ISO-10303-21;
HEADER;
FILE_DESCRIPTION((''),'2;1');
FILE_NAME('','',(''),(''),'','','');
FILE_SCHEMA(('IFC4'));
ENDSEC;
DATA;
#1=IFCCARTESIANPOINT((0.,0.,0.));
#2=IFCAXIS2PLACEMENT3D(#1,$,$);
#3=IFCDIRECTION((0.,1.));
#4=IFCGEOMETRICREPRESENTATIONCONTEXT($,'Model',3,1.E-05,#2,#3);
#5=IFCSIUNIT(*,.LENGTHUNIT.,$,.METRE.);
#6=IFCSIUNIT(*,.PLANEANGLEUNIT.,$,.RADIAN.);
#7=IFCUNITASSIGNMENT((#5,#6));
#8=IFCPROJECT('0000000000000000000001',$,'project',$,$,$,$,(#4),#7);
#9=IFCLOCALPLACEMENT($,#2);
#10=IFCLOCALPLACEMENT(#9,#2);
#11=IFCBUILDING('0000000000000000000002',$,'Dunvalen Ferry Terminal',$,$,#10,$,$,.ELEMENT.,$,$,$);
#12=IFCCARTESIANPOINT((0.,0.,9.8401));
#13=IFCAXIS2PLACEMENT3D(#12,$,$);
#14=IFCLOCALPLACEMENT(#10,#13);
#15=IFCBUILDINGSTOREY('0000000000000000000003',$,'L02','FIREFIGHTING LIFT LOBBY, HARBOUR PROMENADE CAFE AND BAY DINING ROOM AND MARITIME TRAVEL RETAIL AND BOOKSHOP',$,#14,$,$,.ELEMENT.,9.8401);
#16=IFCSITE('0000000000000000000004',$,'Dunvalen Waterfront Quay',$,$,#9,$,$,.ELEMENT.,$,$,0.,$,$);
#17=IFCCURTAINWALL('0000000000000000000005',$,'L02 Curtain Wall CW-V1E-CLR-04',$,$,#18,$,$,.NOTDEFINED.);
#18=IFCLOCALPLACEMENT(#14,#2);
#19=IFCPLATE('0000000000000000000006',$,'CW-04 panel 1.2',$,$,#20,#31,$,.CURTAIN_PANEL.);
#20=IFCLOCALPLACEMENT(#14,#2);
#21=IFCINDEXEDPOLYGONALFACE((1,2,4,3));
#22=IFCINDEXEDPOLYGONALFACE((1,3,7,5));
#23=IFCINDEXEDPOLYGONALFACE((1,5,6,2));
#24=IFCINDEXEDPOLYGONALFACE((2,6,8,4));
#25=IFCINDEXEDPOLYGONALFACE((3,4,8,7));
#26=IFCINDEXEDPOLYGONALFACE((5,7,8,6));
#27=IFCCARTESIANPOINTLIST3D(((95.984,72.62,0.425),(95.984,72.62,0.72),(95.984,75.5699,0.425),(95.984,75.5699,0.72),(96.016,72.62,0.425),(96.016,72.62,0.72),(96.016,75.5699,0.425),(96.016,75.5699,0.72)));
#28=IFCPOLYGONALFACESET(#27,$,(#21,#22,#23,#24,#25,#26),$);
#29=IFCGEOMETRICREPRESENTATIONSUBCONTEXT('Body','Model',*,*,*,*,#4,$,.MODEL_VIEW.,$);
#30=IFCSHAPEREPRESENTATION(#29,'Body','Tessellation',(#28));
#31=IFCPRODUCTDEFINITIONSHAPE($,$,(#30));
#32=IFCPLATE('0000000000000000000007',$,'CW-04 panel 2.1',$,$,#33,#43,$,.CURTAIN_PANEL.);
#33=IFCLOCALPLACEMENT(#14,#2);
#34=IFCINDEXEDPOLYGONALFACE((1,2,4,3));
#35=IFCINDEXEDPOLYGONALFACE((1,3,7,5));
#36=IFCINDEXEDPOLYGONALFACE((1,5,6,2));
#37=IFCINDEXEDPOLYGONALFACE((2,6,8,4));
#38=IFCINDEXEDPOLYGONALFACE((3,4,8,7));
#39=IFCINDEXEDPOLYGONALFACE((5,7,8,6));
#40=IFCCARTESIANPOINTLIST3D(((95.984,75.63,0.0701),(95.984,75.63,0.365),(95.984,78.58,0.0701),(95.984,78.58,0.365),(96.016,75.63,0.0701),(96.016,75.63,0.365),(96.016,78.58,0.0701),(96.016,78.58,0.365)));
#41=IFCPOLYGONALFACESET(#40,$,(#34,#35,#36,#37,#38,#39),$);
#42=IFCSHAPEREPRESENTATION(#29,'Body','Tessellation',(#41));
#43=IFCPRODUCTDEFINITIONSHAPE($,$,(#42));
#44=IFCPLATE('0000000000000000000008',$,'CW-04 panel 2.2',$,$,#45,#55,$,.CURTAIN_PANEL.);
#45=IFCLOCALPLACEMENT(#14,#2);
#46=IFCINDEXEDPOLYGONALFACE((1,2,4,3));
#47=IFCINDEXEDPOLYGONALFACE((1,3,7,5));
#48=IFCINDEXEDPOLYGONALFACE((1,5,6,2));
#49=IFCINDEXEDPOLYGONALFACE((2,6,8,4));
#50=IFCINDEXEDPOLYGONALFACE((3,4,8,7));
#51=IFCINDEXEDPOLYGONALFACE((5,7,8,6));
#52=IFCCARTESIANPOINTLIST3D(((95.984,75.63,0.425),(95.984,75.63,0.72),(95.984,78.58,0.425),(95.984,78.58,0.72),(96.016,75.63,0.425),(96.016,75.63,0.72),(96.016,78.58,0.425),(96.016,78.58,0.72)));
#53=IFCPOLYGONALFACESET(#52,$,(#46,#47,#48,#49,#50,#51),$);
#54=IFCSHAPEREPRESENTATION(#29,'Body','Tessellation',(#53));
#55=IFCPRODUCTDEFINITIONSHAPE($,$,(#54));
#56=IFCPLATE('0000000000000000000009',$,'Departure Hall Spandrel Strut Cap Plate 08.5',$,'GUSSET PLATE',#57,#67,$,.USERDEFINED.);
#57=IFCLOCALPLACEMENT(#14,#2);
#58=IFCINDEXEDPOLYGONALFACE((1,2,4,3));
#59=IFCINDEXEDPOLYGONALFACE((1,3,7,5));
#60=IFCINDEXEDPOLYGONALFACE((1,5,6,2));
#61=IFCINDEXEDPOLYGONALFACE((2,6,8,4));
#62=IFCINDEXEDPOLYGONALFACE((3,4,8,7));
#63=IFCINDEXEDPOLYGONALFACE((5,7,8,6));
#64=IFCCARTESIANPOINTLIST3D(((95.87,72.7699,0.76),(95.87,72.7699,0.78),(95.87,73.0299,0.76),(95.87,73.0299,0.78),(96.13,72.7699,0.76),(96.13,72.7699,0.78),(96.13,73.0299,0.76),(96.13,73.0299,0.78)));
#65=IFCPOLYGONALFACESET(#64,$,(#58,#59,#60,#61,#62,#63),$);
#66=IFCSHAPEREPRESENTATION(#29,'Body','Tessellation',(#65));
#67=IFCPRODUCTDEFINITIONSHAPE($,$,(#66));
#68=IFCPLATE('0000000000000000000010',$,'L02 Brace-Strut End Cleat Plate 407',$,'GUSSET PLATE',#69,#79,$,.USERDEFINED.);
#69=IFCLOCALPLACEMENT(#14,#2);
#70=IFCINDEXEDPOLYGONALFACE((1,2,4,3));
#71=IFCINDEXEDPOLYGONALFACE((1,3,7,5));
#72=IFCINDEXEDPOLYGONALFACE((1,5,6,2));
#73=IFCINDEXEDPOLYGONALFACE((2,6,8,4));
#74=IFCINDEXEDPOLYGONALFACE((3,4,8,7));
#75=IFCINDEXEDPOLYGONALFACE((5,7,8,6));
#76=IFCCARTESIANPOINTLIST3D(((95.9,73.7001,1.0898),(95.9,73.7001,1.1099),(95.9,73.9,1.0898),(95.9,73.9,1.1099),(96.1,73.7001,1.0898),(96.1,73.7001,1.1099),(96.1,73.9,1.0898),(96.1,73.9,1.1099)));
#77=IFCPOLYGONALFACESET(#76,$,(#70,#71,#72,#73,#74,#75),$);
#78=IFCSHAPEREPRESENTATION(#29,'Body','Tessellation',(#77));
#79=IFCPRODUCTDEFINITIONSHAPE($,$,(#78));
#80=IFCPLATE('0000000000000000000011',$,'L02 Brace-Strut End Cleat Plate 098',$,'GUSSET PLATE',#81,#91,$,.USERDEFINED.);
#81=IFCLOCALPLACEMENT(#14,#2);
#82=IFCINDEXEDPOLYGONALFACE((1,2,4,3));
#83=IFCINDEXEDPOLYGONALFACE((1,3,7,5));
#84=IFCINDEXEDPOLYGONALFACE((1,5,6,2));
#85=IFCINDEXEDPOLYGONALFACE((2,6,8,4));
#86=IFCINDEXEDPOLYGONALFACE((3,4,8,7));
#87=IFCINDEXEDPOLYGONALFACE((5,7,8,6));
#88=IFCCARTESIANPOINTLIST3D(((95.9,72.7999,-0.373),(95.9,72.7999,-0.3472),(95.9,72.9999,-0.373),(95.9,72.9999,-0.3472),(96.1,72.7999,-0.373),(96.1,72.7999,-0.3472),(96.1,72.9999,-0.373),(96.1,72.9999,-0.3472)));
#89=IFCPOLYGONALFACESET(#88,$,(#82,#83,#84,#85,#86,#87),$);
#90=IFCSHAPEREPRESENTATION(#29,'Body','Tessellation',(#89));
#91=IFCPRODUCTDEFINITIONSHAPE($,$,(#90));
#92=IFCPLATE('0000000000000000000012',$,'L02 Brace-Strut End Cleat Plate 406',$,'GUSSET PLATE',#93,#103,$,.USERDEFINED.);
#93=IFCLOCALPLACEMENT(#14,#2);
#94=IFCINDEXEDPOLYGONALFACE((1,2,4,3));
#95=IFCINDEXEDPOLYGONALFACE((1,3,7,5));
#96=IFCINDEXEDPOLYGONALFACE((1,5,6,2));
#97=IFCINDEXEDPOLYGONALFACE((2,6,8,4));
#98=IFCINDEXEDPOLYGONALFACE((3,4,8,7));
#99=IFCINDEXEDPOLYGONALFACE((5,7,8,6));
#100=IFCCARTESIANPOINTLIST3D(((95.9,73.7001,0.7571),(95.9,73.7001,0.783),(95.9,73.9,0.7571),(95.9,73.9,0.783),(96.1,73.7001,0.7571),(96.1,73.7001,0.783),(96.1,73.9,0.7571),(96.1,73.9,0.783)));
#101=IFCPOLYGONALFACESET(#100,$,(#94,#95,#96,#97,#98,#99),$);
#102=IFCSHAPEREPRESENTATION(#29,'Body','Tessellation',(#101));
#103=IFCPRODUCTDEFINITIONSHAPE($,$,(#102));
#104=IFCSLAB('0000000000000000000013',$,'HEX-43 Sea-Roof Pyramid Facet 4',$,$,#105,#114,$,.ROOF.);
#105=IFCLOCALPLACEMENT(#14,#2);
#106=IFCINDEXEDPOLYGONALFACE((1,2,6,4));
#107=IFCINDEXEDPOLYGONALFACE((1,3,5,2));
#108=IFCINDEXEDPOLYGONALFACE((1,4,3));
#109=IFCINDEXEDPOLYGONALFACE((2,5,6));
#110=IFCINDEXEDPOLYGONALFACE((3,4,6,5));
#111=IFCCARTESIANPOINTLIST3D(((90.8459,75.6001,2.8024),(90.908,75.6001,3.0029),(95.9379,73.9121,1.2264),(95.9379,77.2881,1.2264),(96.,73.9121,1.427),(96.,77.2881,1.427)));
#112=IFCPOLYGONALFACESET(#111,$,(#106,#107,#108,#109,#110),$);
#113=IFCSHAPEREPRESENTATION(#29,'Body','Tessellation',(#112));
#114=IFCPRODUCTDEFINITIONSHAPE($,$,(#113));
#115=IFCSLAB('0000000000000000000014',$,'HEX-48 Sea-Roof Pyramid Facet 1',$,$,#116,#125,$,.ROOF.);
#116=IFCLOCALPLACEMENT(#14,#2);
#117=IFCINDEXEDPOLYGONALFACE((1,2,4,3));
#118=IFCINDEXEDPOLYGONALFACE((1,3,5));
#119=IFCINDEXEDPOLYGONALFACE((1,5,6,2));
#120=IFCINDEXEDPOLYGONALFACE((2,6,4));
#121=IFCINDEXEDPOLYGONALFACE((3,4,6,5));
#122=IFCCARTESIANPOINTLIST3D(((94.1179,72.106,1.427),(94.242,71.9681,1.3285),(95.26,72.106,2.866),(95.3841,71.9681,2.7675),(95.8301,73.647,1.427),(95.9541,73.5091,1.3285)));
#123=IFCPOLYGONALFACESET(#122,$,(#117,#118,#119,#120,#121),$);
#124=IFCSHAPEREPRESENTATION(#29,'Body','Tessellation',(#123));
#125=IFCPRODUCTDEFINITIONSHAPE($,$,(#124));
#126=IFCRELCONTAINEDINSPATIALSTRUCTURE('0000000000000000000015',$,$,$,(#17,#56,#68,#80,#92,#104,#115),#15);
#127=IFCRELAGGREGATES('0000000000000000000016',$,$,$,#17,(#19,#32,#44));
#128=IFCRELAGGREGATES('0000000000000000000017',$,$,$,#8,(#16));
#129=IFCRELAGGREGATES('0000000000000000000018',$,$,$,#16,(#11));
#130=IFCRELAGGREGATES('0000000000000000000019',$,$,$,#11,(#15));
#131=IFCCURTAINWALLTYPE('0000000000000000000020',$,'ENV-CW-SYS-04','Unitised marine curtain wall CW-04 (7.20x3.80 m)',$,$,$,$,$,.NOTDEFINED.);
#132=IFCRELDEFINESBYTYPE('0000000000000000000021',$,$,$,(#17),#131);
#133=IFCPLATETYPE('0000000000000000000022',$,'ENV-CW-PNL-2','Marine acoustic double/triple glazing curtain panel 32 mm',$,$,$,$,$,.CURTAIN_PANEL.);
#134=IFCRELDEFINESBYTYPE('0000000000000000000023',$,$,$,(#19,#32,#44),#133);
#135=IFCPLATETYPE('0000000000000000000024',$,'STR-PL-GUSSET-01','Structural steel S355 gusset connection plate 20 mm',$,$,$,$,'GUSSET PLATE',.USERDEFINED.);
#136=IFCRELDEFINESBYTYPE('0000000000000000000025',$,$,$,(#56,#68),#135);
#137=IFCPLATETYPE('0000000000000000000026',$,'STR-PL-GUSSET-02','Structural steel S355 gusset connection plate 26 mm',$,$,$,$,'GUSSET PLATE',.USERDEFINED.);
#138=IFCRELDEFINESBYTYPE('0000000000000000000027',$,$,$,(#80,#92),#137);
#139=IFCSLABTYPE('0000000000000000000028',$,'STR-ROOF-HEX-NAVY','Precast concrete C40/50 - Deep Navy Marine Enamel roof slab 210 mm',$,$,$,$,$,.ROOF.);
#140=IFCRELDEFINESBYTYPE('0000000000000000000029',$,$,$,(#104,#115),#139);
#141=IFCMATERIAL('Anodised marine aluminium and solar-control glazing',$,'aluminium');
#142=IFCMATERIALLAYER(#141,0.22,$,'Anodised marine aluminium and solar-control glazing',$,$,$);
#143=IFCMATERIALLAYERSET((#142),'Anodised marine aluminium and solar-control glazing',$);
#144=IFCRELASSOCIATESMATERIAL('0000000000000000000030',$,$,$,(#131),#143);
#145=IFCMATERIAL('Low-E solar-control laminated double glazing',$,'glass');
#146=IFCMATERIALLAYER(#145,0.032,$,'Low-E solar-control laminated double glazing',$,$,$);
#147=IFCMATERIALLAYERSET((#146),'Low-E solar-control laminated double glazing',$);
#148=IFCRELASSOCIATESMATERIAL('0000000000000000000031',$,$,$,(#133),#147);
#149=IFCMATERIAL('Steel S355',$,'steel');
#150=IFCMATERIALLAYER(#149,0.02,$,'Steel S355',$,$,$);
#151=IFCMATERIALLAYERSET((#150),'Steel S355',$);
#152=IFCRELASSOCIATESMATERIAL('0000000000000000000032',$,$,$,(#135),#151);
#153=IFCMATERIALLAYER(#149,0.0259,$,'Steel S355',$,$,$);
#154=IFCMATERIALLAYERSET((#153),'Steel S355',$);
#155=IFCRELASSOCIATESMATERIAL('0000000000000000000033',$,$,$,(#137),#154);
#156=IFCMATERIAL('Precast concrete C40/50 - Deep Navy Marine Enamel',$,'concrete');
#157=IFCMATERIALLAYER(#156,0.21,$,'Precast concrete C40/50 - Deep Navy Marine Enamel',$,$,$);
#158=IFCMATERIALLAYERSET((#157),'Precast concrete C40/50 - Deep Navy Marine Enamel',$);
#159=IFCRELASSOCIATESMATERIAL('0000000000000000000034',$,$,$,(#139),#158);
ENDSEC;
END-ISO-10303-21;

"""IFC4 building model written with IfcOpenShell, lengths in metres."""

from ifc_helpers import new_model, si_unit, direction, frame, origin, origin_2d, place, context, subcontext, project, spatial, polyline, rectangle, outline, extrude, material, layer, layer_set, type_object, element, aggregate, save


model = new_model("IFC4")

# Units and contexts
model_context = context("Model", 3, precision=1e-05, world=origin(), true_north=direction((0.0, 1.0)))
body_context = subcontext(model_context, "Body", "Model", "MODEL_VIEW")
ifc_project = project(units=[si_unit("LENGTHUNIT", "METRE"), si_unit("PLANEANGLEUNIT", "RADIAN")], contexts=[model_context])

# Site, building, storey
site_placement = place(None, origin())
site = spatial("IfcSite", under=ifc_project, at=site_placement, Name="Dunvalen Waterfront Quay", CompositionType="ELEMENT", RefElevation=0.0)
building_placement = place(site_placement, origin())
building = spatial("IfcBuilding", under=site, at=building_placement, Name="Dunvalen Ferry Terminal", CompositionType="ELEMENT")
storey_placement = place(building_placement, frame((0.0, 0.0, 9.8401)))
storey = spatial("IfcBuildingStorey", under=building, at=storey_placement, Name="L02", Description="FIREFIGHTING LIFT LOBBY, HARBOUR PROMENADE CAFE AND BAY DINING ROOM AND MARITIME TRAVEL RETAIL AND BOOKSHOP", CompositionType="ELEMENT", Elevation=9.8401)

# Curtain wall
ifc_material_1 = material(Name="Anodised marine aluminium and solar-control glazing", Category="aluminium")
ifc_layer_1 = layer(ifc_material_1, 0.22, Name="Anodised marine aluminium and solar-control glazing")
ifc_layer_set_1 = layer_set([ifc_layer_1], Name="Anodised marine aluminium and solar-control glazing")
curtain_wall_type = type_object("IfcCurtainWallType", Name="ENV-CW-SYS-04", Description="Unitised marine curtain wall CW-04 (7.20x3.80 m)", PredefinedType="NOTDEFINED", material=ifc_layer_set_1)
curtain_wall_placement = place(storey_placement, origin())
curtain_wall = element("IfcCurtainWall", 1, at=curtain_wall_placement, inside=storey, type_object=curtain_wall_type, Name="L02 Curtain Wall CW-V1E-CLR-04", PredefinedType="NOTDEFINED")

# Shared definitions
ifc_material_2 = material(Name="Steel S355", Category="steel")

# Plates
ifc_material_3 = material(Name="Low-E solar-control laminated double glazing", Category="glass")
ifc_layer_2 = layer(ifc_material_3, 0.032, Name="Low-E solar-control laminated double glazing")
ifc_layer_set_2 = layer_set([ifc_layer_2], Name="Low-E solar-control laminated double glazing")
plate_type_1 = type_object("IfcPlateType", Name="ENV-CW-PNL-2", Description="Marine acoustic double/triple glazing curtain panel 32 mm", PredefinedType="CURTAIN_PANEL", material=ifc_layer_set_2)
plate_1_placement = place(storey_placement, frame((96.0, 74.095, 0.425), z_axis=(0.0, 0.0, 1.0), x_axis=(0.0, 1.0, 0.0)))
plate_1 = element("IfcPlate", 2, at=plate_1_placement, type_object=plate_type_1, Name="CW-04 panel 1.2", PredefinedType="CURTAIN_PANEL", context=body_context, shape_type="SweptSolid", body=[
    extrude(rectangle(XDim=2.95, YDim=0.032, at=origin_2d()), origin(), (0.0, 0.0, 1.0), 0.2949),
])
plate_2_placement = place(storey_placement, frame((96.0, 77.105, 0.0701), z_axis=(0.0, 0.0, 1.0), x_axis=(0.0, 1.0, 0.0)))
plate_2 = element("IfcPlate", 3, at=plate_2_placement, type_object=plate_type_1, Name="CW-04 panel 2.1", PredefinedType="CURTAIN_PANEL", context=body_context, shape_type="SweptSolid", body=[
    extrude(rectangle(XDim=2.95, YDim=0.032, at=origin_2d()), origin(), (0.0, 0.0, 1.0), 0.2949),
])
plate_3_placement = place(storey_placement, frame((96.0, 77.105, 0.425), z_axis=(0.0, 0.0, 1.0), x_axis=(0.0, 1.0, 0.0)))
plate_3 = element("IfcPlate", 4, at=plate_3_placement, type_object=plate_type_1, Name="CW-04 panel 2.2", PredefinedType="CURTAIN_PANEL", context=body_context, shape_type="SweptSolid", body=[
    extrude(rectangle(XDim=2.95, YDim=0.032, at=origin_2d()), origin(), (0.0, 0.0, 1.0), 0.2949),
])
aggregate(curtain_wall, [plate_1, plate_2, plate_3])

# Plates
ifc_layer_3 = layer(ifc_material_2, 0.02, Name="Steel S355")
ifc_layer_set_3 = layer_set([ifc_layer_3], Name="Steel S355")
plate_type_2 = type_object("IfcPlateType", Name="STR-PL-GUSSET-01", Description="Structural steel S355 gusset connection plate 20 mm", ElementType="GUSSET PLATE", PredefinedType="USERDEFINED", material=ifc_layer_set_3)
plate_4_placement = place(storey_placement, frame((96.0, 72.8999, 0.76), z_axis=(0.0, 0.0, 1.0), x_axis=(1.0, 0.0, 0.0)))
element("IfcPlate", 5, at=plate_4_placement, inside=storey, type_object=plate_type_2, Name="Departure Hall Spandrel Strut Cap Plate 08.5", ObjectType="GUSSET PLATE", PredefinedType="USERDEFINED", context=body_context, shape_type="SweptSolid", body=[
    extrude(rectangle(XDim=0.26, YDim=0.26, at=origin_2d()), origin(), (0.0, 0.0, 1.0), 0.02),
])
plate_5_placement = place(storey_placement, frame((96.0, 73.8, 1.0898), z_axis=(0.0, 0.0, 1.0), x_axis=(1.0, 0.0, 0.0)))
element("IfcPlate", 6, at=plate_5_placement, inside=storey, type_object=plate_type_2, Name="L02 Brace-Strut End Cleat Plate 407", ObjectType="GUSSET PLATE", PredefinedType="USERDEFINED", context=body_context, shape_type="SweptSolid", body=[
    extrude(rectangle(XDim=0.2, YDim=0.2, at=origin_2d()), origin(), (0.0, 0.0, 1.0), 0.02),
])
ifc_layer_4 = layer(ifc_material_2, 0.0259, Name="Steel S355")
ifc_layer_set_4 = layer_set([ifc_layer_4], Name="Steel S355")
plate_type_3 = type_object("IfcPlateType", Name="STR-PL-GUSSET-02", Description="Structural steel S355 gusset connection plate 26 mm", ElementType="GUSSET PLATE", PredefinedType="USERDEFINED", material=ifc_layer_set_4)
for number, where, z_axis, x_axis, name in (
    (7, (96.0, 72.8999, -0.373), (0.0, 0.0, 1.0), (1.0, 0.0, 0.0), "L02 Brace-Strut End Cleat Plate 098"),
    (8, (96.0, 73.8, 0.7571), (0.0, 0.0, 1.0), (1.0, 0.0, 0.0), "L02 Brace-Strut End Cleat Plate 406"),
):
    element("IfcPlate", number, at=place(storey_placement, frame(where, z_axis=z_axis, x_axis=x_axis)), inside=storey, type_object=plate_type_3, Name=name, ObjectType="GUSSET PLATE", PredefinedType="USERDEFINED", context=body_context, shape_type="SweptSolid", body=[
        extrude(rectangle(XDim=0.2, YDim=0.2, at=origin_2d()), origin(), (0.0, 0.0, 1.0), 0.0259),
    ])

# Slabs
ifc_material_4 = material(Name="Precast concrete C40/50 - Deep Navy Marine Enamel", Category="concrete")
ifc_layer_5 = layer(ifc_material_4, 0.21, Name="Precast concrete C40/50 - Deep Navy Marine Enamel")
ifc_layer_set_5 = layer_set([ifc_layer_5], Name="Precast concrete C40/50 - Deep Navy Marine Enamel")
slab_type = type_object("IfcSlabType", Name="STR-ROOF-HEX-NAVY", Description="Precast concrete C40/50 - Deep Navy Marine Enamel roof slab 210 mm", PredefinedType="ROOF", material=ifc_layer_set_5)
slab_1_placement = place(storey_placement, frame((96.0, 73.9121, 1.427), z_axis=(0.295653, 0.0, 0.955295), x_axis=(0.0, 1.0, 0.0)))
element("IfcSlab", 9, at=slab_1_placement, inside=storey, type_object=slab_type, Name="HEX-43 Sea-Roof Pyramid Facet 4", PredefinedType="ROOF", context=body_context, shape_type="SweptSolid", body=[
    extrude(outline(polyline([(0.0, 0.0), (3.376, 0.0), (1.688, 5.3303), (0.0, 0.0)])), origin(), (0.0, 0.0, -1.0), 0.21),
])
slab_2_placement = place(storey_placement, frame((95.8301, 73.647, 1.427), z_axis=(-0.590859, 0.656479, 0.468958), x_axis=(-0.743278, -0.668982, 0.0)))
element("IfcSlab", 10, at=slab_2_placement, inside=storey, type_object=slab_type, Name="HEX-48 Sea-Roof Pyramid Facet 1", PredefinedType="ROOF", context=body_context, shape_type="SweptSolid", body=[
    extrude(outline(polyline([(0.0, 0.0), (2.3035, 0.0), (1.4546, 1.6292), (0.0, 0.0)])), origin(), (0.0, 0.0, -1.0), 0.21),
])

save(model, "model.ifc")
